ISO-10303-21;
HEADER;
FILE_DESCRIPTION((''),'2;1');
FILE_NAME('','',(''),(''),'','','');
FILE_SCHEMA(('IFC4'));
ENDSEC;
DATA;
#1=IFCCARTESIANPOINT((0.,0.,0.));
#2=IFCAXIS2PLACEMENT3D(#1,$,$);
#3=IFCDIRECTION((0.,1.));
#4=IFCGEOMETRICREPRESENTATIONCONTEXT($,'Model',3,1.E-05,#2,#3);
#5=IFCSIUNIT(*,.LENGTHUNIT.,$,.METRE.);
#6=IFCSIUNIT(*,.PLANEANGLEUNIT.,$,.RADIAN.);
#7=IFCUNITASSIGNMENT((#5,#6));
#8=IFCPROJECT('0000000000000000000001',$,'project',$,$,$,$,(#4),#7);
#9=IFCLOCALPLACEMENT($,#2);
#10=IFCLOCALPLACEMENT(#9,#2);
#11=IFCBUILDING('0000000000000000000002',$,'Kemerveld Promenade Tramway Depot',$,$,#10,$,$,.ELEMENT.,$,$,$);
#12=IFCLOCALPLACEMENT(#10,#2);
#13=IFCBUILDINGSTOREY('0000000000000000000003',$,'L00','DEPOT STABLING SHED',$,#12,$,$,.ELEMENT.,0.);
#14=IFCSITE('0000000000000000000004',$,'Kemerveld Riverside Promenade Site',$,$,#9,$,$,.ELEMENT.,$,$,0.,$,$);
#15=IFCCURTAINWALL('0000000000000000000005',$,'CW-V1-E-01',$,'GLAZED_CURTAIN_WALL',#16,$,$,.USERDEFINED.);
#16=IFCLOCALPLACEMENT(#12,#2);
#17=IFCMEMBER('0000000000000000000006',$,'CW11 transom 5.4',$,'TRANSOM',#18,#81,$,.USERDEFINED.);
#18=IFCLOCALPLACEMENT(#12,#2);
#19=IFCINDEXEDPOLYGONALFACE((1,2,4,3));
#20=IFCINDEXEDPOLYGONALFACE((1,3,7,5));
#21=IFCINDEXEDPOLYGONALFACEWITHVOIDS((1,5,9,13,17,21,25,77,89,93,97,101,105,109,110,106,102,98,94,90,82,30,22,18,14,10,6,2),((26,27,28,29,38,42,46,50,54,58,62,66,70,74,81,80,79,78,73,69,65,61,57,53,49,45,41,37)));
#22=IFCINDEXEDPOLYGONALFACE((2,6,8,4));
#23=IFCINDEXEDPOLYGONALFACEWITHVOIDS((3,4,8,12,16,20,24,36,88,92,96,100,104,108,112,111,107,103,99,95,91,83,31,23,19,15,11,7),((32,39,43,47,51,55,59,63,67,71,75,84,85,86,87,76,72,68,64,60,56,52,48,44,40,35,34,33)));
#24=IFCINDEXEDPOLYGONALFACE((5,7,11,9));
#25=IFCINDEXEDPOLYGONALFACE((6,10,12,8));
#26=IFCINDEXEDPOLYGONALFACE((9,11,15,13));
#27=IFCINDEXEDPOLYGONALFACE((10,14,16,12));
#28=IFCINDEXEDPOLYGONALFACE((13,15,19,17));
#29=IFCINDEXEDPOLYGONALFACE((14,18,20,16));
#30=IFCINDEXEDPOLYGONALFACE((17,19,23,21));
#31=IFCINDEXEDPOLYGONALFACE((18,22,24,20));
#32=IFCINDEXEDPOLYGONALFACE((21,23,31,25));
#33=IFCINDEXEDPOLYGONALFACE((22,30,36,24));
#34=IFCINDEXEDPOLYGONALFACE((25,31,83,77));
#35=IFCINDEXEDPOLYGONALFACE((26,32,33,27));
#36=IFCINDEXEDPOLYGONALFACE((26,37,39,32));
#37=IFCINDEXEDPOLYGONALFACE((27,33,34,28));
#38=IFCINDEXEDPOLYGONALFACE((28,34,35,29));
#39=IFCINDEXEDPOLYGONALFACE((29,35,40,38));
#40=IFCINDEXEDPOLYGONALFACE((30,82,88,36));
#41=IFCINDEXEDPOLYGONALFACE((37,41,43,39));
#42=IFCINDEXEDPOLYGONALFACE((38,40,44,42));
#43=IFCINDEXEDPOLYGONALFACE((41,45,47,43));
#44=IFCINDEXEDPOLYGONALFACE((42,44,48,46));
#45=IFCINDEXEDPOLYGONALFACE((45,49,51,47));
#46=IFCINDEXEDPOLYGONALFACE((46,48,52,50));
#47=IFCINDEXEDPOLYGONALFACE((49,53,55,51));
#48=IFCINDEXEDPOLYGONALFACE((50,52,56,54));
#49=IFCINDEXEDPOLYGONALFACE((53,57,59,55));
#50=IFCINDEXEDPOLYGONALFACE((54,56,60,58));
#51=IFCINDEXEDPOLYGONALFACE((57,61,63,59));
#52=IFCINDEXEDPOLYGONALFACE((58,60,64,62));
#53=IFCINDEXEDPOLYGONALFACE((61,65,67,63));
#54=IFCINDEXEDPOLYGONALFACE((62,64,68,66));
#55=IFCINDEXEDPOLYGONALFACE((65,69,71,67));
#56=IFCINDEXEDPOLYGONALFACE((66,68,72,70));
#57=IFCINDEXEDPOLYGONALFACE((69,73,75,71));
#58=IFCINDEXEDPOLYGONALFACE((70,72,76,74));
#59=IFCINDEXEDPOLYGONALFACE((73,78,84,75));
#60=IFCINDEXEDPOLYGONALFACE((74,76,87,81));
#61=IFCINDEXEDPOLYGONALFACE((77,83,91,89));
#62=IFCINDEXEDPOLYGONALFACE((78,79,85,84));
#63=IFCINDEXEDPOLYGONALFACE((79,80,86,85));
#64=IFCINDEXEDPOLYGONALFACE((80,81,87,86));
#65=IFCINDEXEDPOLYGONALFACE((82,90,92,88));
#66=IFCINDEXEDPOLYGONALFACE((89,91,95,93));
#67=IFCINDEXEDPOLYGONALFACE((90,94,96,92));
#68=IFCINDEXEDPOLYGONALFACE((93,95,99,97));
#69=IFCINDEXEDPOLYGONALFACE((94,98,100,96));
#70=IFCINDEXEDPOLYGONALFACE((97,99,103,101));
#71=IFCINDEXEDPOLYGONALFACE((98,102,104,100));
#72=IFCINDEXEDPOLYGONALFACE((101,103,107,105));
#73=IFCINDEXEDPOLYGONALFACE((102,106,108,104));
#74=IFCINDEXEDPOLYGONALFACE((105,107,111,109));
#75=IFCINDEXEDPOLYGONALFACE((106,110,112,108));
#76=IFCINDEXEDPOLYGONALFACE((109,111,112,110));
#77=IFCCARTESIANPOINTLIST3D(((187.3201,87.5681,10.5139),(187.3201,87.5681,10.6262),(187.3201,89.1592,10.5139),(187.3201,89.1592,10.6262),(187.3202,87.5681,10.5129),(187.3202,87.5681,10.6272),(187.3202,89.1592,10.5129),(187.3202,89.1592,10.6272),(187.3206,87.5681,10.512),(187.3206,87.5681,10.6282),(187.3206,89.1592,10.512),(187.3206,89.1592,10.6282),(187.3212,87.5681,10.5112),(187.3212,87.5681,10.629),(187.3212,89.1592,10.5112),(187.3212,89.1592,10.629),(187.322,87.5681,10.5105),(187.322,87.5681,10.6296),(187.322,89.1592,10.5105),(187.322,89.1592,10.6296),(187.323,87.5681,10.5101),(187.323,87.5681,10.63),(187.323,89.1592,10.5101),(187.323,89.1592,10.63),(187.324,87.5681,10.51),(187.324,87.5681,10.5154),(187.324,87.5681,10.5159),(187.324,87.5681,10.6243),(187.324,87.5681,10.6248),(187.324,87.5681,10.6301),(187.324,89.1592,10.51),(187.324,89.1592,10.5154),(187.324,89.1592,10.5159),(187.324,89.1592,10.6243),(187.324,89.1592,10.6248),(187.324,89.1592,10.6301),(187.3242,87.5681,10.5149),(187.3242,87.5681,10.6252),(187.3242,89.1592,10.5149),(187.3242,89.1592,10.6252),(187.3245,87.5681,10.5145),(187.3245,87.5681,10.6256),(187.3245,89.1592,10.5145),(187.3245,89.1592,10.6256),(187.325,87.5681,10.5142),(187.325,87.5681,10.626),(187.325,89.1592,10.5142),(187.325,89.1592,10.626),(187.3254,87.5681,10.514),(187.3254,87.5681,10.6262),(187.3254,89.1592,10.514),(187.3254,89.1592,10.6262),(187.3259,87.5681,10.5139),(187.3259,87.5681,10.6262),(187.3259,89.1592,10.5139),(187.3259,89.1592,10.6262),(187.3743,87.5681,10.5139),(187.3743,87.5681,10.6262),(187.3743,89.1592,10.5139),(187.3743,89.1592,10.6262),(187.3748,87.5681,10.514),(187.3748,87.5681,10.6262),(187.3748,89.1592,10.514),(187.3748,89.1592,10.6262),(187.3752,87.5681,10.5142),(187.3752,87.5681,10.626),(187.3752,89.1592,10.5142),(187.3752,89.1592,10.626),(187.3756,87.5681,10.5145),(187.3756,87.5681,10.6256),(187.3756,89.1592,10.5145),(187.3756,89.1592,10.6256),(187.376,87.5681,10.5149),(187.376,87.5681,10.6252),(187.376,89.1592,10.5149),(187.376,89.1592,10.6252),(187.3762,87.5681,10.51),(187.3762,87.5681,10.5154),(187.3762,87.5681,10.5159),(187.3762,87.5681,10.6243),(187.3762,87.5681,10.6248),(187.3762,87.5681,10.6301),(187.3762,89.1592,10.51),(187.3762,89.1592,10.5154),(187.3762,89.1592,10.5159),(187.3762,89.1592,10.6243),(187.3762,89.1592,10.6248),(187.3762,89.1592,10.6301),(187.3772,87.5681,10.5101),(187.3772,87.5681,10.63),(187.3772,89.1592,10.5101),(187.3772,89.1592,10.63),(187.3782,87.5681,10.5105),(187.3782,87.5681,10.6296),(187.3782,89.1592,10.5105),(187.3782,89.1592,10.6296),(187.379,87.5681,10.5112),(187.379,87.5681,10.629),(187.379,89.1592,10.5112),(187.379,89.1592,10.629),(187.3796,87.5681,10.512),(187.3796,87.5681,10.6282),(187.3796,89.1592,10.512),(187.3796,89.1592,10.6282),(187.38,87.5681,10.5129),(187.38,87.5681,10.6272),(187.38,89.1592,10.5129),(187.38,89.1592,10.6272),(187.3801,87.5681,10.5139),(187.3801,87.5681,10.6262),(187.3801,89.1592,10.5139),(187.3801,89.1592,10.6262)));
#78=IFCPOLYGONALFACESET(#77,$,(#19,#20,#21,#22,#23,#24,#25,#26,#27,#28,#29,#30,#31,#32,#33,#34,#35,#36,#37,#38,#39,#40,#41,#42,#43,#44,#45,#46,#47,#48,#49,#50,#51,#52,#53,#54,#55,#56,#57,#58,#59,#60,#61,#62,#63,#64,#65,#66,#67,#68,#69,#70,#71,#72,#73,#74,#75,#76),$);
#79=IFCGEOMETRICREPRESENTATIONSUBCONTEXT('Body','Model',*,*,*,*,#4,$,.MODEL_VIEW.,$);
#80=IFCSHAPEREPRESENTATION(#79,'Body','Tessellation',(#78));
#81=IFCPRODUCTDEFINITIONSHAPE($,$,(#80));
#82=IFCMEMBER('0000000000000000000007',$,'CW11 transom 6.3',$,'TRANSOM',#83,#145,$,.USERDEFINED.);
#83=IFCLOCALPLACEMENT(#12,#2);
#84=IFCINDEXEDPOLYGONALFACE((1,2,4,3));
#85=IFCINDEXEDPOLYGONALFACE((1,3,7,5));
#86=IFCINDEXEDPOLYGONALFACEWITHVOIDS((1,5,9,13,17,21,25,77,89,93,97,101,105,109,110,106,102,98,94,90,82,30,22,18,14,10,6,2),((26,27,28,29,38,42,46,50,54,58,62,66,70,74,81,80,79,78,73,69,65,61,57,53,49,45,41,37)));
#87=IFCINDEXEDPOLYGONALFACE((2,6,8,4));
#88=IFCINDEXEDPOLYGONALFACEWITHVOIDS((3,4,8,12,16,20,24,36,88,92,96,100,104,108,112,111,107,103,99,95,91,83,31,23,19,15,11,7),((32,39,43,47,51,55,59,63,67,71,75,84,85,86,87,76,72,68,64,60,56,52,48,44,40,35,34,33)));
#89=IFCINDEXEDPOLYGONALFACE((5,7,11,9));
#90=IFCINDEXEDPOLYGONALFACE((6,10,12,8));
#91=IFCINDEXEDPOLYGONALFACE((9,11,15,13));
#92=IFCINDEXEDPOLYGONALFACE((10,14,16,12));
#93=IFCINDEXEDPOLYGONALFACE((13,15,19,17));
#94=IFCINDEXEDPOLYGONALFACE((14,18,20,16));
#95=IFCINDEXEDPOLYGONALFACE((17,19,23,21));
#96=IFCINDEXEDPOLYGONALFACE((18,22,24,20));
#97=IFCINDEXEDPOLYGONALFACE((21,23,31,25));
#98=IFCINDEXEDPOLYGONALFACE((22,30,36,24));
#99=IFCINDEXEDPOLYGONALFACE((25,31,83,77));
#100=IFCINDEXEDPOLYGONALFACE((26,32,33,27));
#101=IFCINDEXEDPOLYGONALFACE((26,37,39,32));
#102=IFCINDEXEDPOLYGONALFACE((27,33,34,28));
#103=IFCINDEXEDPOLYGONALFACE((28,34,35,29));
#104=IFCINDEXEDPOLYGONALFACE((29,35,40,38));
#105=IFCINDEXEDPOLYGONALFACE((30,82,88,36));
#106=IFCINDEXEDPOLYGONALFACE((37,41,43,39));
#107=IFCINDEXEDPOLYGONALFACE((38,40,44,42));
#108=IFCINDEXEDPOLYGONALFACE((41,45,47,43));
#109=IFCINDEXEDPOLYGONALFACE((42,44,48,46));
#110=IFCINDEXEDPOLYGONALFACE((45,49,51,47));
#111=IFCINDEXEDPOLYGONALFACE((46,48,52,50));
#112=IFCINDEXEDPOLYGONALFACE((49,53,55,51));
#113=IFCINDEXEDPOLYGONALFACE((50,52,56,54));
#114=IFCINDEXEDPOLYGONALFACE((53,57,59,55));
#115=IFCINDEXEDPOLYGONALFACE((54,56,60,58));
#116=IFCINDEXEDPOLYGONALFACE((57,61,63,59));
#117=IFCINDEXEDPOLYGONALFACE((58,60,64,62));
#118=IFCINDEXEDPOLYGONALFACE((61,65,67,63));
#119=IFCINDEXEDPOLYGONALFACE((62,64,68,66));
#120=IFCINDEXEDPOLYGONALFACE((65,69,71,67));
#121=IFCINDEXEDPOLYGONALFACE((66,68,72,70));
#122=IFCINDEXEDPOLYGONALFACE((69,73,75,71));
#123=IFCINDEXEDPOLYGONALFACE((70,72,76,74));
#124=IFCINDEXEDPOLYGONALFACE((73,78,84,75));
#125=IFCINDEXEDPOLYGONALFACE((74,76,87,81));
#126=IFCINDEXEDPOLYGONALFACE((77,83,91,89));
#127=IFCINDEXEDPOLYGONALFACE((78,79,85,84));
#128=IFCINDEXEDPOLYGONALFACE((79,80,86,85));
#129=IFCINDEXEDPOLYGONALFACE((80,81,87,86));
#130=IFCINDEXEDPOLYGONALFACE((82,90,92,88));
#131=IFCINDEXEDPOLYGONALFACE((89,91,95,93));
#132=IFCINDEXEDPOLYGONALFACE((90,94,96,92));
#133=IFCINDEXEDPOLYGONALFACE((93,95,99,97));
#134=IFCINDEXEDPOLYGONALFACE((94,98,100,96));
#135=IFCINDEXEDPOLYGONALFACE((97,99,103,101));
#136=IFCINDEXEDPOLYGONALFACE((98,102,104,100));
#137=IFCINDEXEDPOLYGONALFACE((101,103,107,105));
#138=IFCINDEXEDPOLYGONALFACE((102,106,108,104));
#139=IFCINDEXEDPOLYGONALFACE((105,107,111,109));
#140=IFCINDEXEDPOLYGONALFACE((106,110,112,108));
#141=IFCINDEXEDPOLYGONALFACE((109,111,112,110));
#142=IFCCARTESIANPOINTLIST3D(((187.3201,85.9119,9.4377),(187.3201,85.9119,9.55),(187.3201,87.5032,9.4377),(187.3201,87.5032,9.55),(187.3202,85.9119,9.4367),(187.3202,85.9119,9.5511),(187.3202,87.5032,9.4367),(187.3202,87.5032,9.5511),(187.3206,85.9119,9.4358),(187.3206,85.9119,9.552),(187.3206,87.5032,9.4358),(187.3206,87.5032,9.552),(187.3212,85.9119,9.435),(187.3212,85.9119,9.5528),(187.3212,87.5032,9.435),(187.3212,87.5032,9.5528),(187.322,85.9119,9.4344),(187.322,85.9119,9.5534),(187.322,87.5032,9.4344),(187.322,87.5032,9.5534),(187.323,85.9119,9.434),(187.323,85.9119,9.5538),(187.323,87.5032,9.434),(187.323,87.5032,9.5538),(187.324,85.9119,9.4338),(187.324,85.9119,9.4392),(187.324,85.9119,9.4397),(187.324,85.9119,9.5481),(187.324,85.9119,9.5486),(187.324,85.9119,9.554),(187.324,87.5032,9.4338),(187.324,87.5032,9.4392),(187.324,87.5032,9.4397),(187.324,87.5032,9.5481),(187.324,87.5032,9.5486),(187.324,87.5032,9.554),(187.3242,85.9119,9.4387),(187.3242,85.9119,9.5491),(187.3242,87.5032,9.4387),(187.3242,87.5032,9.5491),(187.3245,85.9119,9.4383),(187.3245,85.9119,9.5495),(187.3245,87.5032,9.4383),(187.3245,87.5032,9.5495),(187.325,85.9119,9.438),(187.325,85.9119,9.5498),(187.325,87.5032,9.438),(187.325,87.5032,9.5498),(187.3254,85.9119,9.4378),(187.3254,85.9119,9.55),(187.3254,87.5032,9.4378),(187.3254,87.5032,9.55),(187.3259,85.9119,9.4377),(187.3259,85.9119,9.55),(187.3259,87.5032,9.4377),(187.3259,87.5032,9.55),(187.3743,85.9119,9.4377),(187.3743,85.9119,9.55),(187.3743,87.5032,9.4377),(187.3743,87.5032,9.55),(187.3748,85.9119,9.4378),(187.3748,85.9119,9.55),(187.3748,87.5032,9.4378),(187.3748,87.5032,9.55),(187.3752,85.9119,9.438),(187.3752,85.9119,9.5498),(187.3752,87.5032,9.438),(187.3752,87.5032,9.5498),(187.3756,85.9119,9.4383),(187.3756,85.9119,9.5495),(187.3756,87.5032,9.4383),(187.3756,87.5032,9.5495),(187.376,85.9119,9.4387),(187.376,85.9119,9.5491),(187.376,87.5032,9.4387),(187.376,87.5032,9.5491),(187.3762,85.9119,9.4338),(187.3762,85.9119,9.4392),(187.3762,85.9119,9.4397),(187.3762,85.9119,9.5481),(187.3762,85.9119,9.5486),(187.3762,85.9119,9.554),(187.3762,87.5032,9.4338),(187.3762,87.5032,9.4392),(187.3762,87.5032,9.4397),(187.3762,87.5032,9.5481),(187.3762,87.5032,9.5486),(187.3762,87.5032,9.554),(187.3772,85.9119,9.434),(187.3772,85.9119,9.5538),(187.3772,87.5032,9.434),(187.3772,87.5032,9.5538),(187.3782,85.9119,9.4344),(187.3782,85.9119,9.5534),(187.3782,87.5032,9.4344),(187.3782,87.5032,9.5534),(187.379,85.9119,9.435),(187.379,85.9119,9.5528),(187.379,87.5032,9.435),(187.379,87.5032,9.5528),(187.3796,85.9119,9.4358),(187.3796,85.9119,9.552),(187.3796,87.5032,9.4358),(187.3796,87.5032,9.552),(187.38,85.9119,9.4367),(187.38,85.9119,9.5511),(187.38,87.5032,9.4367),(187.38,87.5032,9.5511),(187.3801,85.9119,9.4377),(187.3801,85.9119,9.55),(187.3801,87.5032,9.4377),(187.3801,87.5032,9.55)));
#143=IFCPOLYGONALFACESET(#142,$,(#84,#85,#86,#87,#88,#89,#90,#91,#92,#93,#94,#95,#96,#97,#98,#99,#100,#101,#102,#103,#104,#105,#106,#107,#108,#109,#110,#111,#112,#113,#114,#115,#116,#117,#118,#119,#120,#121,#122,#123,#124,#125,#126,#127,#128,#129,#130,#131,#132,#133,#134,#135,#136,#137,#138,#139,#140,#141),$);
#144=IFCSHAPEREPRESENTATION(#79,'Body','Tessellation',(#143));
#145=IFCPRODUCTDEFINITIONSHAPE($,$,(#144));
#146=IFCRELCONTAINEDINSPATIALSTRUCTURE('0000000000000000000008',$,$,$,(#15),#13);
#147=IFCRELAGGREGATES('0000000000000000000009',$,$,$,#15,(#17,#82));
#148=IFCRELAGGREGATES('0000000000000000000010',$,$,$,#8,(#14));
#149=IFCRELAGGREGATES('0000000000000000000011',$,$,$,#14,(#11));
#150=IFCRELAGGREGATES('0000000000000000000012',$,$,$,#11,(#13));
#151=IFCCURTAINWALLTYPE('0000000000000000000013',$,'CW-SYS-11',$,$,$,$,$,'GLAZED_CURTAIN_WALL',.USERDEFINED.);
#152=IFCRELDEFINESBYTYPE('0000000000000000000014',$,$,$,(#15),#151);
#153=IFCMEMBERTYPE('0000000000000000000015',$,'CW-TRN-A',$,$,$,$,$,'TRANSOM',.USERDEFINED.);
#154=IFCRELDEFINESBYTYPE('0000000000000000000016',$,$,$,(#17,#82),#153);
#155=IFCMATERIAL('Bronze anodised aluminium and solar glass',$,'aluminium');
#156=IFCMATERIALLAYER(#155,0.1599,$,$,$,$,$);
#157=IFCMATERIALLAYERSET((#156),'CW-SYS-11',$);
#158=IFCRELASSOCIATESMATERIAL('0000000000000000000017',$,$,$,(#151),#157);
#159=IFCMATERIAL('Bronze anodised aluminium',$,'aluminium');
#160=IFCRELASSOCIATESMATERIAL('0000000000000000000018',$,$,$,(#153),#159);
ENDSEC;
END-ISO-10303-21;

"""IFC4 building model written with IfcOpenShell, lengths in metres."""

from ifc_helpers import new_model, si_unit, direction, frame, origin, origin_2d, place, context, subcontext, project, spatial, hollow_rectangle, extrude, material, layer, layer_set, material_profile, profile_set, type_object, element, aggregate, save


model = new_model("IFC4")

# Units and contexts
model_context = context("Model", 3, precision=1e-05, world=origin(), true_north=direction((0.0, 1.0)))
body_context = subcontext(model_context, "Body", "Model", "MODEL_VIEW")
ifc_project = project(units=[si_unit("LENGTHUNIT", "METRE"), si_unit("PLANEANGLEUNIT", "RADIAN")], contexts=[model_context])

# Site, building, storey
site_placement = place(None, origin())
site = spatial("IfcSite", under=ifc_project, at=site_placement, Name="Kemerveld Riverside Promenade Site", CompositionType="ELEMENT", RefElevation=0.0)
building_placement = place(site_placement, origin())
building = spatial("IfcBuilding", under=site, at=building_placement, Name="Kemerveld Promenade Tramway Depot", CompositionType="ELEMENT")
storey_placement = place(building_placement, origin())
storey = spatial("IfcBuildingStorey", under=building, at=storey_placement, Name="L00", Description="DEPOT STABLING SHED", CompositionType="ELEMENT", Elevation=0.0)

# Curtain wall, members
ifc_material_1 = material(Name="Bronze anodised aluminium and solar glass", Category="aluminium")
ifc_layer_1 = layer(ifc_material_1, 0.1599)
ifc_layer_set_1 = layer_set([ifc_layer_1], Name="CW-SYS-11")
curtain_wall_type_1 = type_object("IfcCurtainWallType", Name="CW-SYS-11", ElementType="GLAZED_CURTAIN_WALL", PredefinedType="USERDEFINED", material=ifc_layer_set_1)
curtain_wall_1_placement = place(storey_placement, origin())
curtain_wall_1 = element("IfcCurtainWall", 1, at=curtain_wall_1_placement, inside=storey, type_object=curtain_wall_type_1, Name="CW-V1-E-01", ObjectType="GLAZED_CURTAIN_WALL", PredefinedType="USERDEFINED")
ifc_material_2 = material(Name="Bronze anodised aluminium", Category="aluminium")
ifc_material_profile_1 = material_profile(ifc_material_2, hollow_rectangle(XDim=0.0601, YDim=0.1201, WallThickness=0.0039, InnerFilletRadius=0.002, OuterFilletRadius=0.0039, at=origin_2d()), Name="CW-TRN-120x60")
ifc_profile_set_1 = profile_set([ifc_material_profile_1], Name="Bronze anodised aluminium")
member_type_1 = type_object("IfcMemberType", Name="CW-TRN-A", ElementType="TRANSOM", PredefinedType="USERDEFINED", material=ifc_profile_set_1)
member_1_placement = place(storey_placement, frame((187.3501, 89.1592, 10.5701), z_axis=(0.0, -1.0, 0.0), x_axis=(1.0, 0.0, 0.0)))
member_1 = element("IfcMember", 2, at=member_1_placement, type_object=member_type_1, Name="CW11 transom 5.4", ObjectType="TRANSOM", PredefinedType="USERDEFINED", context=body_context, shape_type="SweptSolid", body=[
    extrude(hollow_rectangle(XDim=0.0601, YDim=0.1201, WallThickness=0.0039, InnerFilletRadius=0.002, OuterFilletRadius=0.0039, at=origin_2d()), origin(), (0.0, 0.0, 1.0), 1.5911),
])
member_2_placement = place(storey_placement, frame((187.3501, 87.5032, 9.4939), z_axis=(0.0, -1.0, 0.0), x_axis=(1.0, 0.0, 0.0)))
member_2 = element("IfcMember", 3, at=member_2_placement, type_object=member_type_1, Name="CW11 transom 6.3", ObjectType="TRANSOM", PredefinedType="USERDEFINED", context=body_context, shape_type="SweptSolid", body=[
    extrude(hollow_rectangle(XDim=0.0601, YDim=0.1201, WallThickness=0.0039, InnerFilletRadius=0.002, OuterFilletRadius=0.0039, at=origin_2d()), origin(), (0.0, 0.0, 1.0), 1.5913),
])

aggregate(curtain_wall_1, [member_1, member_2])

save(model, "model.ifc")
